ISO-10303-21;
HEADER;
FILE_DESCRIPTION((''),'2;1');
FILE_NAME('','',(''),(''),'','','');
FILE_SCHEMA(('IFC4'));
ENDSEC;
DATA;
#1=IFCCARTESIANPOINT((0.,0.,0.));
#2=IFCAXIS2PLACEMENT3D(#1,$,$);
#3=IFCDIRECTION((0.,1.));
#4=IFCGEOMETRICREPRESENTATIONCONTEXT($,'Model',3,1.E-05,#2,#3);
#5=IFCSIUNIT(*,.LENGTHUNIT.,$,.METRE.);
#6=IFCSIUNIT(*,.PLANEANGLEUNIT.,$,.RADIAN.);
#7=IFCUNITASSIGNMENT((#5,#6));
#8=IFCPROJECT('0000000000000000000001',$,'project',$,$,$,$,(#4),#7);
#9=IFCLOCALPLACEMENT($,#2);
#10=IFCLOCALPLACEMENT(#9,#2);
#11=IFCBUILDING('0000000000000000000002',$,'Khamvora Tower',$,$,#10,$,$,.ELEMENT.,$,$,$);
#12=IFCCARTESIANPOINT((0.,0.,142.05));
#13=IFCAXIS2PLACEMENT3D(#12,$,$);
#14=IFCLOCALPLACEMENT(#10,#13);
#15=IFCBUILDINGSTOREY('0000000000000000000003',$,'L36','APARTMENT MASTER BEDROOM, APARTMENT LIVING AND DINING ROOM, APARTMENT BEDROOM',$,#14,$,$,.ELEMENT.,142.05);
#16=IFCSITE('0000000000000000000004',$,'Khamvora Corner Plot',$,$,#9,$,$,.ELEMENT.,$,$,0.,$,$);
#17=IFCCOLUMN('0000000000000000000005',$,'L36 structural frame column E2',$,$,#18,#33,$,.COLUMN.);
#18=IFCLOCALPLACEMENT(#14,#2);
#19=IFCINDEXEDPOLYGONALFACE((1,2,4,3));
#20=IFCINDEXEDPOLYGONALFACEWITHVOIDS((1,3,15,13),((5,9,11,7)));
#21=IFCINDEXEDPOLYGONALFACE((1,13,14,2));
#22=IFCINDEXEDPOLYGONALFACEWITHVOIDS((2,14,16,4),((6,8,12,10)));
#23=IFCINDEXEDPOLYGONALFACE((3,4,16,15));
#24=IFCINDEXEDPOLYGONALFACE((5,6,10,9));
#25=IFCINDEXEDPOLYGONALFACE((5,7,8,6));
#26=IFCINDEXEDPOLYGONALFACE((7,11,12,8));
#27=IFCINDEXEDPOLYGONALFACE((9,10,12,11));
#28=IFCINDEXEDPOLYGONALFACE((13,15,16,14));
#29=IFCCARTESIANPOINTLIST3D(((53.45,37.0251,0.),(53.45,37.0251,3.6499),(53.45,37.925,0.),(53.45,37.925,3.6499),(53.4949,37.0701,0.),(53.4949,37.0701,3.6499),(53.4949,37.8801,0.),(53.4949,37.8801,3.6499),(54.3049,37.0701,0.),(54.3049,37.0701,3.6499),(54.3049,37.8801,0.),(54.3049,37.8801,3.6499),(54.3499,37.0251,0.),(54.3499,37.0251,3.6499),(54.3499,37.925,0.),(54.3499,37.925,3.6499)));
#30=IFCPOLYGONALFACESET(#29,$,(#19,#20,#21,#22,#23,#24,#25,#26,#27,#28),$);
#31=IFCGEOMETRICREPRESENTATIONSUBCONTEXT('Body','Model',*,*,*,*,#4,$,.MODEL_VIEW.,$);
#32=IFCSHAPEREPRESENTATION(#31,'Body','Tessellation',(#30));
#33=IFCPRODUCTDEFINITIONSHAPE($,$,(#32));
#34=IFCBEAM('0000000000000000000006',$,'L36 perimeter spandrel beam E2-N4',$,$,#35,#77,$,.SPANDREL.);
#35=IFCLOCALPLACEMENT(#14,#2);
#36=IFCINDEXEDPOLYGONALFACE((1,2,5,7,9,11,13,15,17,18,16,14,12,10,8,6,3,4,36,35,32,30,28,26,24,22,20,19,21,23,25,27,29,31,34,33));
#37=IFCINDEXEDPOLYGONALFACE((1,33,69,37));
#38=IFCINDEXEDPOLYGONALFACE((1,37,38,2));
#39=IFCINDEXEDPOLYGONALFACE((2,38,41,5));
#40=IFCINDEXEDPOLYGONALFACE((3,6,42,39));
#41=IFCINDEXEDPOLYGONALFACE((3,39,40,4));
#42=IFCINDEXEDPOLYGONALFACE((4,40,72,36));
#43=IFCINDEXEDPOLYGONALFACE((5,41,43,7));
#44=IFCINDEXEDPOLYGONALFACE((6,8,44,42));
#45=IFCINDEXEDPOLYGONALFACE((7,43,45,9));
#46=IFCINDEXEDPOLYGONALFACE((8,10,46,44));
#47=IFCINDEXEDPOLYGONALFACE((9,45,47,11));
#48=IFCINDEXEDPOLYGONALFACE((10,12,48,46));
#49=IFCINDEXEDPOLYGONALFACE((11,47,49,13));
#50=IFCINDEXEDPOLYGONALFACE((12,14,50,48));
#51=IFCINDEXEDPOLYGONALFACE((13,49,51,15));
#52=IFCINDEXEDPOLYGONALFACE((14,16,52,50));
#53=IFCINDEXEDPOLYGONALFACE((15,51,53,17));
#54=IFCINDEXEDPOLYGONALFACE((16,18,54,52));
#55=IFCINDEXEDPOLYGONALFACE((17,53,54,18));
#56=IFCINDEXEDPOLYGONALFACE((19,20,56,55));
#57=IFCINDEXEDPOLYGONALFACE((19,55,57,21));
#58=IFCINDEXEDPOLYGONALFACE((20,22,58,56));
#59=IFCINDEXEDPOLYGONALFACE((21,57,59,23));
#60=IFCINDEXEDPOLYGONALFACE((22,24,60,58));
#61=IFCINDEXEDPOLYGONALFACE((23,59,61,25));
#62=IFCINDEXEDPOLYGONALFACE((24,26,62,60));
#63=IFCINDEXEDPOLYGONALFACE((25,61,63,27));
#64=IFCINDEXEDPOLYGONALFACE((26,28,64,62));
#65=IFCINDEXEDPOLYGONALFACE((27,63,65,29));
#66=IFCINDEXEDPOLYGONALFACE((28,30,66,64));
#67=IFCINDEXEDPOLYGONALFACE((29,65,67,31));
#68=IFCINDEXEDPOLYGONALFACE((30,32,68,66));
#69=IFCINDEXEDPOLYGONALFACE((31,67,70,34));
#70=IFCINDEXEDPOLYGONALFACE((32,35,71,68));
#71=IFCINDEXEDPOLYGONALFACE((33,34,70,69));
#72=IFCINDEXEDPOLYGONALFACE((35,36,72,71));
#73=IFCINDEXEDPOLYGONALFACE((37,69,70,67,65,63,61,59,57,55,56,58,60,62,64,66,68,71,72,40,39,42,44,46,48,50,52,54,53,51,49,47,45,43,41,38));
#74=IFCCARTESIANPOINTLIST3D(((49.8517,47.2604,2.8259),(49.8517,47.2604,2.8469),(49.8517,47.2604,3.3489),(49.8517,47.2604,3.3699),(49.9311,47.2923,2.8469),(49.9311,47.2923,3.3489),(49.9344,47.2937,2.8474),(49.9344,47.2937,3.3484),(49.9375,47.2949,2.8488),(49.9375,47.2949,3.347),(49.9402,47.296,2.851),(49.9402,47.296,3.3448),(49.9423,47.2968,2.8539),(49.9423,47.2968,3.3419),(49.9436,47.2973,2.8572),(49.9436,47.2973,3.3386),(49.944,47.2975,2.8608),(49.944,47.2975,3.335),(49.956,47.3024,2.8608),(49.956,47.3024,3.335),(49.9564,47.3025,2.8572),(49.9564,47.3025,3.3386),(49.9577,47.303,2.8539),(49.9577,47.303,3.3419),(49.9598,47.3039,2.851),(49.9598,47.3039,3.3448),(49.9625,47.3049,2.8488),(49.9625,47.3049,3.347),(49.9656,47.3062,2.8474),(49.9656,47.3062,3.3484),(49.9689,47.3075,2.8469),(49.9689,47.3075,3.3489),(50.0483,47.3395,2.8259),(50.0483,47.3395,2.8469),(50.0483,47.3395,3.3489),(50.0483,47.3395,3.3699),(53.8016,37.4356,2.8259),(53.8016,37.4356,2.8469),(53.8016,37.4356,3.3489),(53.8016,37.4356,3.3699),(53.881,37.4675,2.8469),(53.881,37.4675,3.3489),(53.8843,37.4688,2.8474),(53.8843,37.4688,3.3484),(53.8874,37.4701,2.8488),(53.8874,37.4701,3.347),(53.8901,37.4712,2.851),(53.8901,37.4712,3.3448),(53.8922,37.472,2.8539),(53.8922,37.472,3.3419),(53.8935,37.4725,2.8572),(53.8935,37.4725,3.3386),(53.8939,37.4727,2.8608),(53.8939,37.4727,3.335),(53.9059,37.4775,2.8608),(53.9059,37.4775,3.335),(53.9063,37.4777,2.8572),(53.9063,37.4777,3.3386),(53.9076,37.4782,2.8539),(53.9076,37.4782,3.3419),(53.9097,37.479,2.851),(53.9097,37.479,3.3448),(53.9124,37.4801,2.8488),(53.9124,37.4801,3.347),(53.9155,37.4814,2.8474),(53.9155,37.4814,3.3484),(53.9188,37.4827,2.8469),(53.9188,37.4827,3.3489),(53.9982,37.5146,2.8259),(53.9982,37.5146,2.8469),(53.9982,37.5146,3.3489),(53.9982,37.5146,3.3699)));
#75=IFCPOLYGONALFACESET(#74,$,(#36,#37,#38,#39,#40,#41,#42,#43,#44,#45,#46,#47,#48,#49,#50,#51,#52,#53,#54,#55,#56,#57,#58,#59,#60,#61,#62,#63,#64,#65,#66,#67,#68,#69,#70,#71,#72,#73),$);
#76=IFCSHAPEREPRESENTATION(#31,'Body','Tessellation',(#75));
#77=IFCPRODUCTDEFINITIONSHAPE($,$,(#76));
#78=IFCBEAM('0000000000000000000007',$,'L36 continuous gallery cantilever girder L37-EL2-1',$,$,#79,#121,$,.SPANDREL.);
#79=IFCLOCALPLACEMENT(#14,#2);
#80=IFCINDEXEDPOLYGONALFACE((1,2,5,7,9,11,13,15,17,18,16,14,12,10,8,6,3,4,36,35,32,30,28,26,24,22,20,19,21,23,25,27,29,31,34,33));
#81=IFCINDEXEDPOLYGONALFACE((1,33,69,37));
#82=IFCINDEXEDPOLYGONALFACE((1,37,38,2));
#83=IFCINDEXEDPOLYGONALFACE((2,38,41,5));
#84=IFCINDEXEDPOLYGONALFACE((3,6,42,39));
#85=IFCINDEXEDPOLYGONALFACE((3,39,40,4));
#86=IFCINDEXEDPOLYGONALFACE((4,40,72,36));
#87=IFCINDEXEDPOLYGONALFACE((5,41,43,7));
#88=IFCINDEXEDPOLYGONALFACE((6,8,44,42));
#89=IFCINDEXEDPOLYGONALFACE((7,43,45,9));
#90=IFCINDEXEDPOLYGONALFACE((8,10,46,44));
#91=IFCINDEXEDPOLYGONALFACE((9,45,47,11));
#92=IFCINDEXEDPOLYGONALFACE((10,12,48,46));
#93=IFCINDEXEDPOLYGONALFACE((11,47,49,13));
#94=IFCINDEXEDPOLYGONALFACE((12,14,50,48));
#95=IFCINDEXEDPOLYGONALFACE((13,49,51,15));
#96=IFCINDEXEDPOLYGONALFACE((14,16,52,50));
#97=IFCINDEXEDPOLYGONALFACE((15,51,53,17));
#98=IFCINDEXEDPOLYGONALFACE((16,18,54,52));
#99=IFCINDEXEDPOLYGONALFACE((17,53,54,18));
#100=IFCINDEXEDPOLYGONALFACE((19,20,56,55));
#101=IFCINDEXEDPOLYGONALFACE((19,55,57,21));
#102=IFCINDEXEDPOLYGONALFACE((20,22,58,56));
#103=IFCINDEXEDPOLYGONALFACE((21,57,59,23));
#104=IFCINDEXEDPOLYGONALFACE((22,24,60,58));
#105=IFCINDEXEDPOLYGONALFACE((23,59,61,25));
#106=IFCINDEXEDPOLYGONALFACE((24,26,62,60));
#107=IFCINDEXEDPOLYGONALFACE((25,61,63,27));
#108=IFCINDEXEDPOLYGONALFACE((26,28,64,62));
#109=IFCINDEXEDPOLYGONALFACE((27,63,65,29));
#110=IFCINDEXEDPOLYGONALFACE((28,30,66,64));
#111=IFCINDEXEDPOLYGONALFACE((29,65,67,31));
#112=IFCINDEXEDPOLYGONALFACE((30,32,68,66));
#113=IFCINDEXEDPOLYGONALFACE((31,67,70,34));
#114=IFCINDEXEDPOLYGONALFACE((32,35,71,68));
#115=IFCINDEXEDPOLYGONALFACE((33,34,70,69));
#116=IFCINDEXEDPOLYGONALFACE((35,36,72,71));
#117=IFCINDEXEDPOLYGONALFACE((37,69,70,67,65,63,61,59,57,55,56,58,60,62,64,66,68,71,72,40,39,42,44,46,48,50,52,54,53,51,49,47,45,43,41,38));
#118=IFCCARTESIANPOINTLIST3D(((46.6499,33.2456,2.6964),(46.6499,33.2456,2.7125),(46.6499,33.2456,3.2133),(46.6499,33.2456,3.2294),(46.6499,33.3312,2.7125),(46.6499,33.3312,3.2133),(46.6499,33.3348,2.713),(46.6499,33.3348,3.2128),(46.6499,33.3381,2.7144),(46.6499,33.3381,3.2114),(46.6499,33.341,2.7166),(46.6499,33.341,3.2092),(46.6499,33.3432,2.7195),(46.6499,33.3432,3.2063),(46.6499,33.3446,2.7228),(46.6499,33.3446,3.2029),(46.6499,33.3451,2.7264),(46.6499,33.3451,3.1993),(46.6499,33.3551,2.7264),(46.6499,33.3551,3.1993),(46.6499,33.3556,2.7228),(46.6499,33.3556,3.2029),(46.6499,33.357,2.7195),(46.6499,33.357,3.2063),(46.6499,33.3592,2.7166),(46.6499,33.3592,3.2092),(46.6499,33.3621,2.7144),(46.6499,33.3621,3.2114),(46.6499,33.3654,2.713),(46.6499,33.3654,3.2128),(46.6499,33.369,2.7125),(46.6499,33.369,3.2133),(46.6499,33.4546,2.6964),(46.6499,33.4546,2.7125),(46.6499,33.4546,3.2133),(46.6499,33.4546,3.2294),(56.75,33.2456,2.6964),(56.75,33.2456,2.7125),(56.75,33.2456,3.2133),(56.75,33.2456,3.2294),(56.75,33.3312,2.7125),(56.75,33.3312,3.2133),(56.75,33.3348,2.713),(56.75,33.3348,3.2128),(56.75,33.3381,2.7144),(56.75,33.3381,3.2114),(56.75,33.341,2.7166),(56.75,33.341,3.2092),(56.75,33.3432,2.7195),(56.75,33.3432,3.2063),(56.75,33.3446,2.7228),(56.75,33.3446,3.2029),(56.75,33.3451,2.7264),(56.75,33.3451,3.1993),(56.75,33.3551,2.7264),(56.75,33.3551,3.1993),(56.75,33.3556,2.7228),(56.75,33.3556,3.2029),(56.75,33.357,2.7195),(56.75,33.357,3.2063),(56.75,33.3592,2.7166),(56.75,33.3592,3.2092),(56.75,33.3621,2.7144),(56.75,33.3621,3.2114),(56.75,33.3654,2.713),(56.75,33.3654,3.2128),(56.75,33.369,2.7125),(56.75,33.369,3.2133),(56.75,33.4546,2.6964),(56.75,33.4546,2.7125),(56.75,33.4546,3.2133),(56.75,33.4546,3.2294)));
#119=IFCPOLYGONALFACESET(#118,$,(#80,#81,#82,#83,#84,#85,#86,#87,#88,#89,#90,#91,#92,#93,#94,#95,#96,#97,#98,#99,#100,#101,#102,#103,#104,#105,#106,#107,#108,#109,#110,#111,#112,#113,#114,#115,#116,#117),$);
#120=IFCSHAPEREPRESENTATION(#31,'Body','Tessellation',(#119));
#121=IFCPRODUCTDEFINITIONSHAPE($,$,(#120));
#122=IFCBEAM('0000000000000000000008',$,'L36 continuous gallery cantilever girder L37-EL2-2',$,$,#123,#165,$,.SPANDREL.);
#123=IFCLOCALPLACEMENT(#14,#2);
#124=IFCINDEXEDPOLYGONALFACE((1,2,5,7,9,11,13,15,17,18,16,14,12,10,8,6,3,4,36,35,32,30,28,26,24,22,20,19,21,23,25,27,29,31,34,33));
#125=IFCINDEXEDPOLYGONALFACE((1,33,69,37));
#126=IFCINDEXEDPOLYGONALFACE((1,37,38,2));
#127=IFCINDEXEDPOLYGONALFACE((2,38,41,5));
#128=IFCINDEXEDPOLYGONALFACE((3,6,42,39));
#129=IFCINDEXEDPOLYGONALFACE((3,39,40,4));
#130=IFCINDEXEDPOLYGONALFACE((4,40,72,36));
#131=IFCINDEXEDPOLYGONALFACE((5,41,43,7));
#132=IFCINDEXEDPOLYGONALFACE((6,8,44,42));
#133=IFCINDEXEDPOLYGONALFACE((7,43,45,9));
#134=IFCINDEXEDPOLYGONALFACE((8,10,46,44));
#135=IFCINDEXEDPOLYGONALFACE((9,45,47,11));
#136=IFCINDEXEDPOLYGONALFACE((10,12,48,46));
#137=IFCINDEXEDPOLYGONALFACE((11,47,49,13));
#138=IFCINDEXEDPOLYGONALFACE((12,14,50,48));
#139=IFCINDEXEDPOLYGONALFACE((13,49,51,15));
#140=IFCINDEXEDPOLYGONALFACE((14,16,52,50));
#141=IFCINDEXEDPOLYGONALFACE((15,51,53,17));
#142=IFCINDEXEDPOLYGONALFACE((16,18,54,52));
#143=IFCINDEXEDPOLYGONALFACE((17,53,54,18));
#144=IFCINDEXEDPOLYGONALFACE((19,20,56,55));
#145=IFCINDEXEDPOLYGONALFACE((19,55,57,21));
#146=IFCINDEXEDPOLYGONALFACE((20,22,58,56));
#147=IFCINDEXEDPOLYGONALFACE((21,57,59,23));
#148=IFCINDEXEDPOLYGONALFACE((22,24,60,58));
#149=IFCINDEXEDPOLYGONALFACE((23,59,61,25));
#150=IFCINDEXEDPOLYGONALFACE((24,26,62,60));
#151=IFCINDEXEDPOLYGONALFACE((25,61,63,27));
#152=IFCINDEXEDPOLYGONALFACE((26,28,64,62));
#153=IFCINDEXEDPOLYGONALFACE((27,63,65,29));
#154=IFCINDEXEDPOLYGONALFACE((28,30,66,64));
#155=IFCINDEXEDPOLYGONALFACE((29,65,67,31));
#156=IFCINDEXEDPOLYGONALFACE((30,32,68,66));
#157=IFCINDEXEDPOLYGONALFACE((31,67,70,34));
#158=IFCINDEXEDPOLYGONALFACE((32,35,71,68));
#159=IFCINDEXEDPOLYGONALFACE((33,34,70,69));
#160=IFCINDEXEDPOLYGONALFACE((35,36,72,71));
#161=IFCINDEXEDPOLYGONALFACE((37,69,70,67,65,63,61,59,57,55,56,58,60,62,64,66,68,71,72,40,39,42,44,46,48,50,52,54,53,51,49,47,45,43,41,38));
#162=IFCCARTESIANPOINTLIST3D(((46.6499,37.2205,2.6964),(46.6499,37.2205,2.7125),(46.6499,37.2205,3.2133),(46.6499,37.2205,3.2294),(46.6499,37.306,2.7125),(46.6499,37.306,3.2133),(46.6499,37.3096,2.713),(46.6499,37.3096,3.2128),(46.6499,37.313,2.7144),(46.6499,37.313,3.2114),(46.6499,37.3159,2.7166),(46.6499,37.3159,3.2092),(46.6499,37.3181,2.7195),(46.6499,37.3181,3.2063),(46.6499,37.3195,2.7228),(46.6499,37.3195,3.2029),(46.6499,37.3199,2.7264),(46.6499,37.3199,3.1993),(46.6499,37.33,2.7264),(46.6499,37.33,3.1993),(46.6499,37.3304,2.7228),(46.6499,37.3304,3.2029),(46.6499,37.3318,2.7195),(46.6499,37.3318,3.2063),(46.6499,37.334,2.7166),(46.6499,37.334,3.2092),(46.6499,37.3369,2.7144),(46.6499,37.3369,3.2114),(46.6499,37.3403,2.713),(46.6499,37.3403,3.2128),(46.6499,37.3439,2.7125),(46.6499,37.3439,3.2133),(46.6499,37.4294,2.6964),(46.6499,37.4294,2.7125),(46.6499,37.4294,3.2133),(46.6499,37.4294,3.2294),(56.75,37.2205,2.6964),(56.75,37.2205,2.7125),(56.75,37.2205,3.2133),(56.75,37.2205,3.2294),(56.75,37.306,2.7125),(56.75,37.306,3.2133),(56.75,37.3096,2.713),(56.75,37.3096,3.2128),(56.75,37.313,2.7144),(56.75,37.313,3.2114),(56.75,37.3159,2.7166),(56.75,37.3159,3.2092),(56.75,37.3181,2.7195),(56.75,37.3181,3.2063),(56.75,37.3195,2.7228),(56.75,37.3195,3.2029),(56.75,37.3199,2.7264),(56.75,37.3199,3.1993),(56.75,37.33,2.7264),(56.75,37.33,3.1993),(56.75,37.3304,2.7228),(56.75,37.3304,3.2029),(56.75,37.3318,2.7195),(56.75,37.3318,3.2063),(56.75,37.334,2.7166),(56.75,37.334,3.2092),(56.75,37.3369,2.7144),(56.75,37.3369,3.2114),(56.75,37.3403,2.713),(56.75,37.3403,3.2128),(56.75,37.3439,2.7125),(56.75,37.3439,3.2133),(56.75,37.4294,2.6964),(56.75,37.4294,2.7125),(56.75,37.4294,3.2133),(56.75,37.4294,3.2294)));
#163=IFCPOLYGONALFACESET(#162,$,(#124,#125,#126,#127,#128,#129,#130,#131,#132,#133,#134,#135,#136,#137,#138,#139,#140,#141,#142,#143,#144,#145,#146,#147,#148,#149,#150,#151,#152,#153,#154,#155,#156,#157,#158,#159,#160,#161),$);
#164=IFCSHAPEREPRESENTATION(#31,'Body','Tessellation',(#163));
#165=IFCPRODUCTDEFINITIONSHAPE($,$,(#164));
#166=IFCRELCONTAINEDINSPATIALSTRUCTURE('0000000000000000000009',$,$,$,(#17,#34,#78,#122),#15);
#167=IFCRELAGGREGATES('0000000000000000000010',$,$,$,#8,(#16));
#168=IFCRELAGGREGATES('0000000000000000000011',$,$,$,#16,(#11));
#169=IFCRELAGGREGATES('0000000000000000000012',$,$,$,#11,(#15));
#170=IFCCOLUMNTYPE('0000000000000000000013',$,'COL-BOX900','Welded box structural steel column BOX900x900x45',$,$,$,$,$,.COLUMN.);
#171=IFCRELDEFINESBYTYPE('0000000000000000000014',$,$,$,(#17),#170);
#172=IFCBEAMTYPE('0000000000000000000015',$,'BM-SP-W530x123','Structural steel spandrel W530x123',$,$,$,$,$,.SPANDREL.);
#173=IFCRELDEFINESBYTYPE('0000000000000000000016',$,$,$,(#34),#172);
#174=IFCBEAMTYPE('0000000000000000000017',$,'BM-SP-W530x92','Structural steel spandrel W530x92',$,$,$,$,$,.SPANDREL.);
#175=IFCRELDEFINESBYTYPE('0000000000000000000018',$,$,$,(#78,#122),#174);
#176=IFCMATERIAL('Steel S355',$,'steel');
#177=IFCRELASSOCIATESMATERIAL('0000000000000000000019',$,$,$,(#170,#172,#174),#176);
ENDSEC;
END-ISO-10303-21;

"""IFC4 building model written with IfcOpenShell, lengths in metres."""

from ifc_helpers import new_model, si_unit, direction, frame, origin, origin_2d, place, context, subcontext, project, spatial, hollow_rectangle, i_section, extrude, material, material_profile, profile_set, type_object, element, save


model = new_model("IFC4")

# Units and contexts
model_context = context("Model", 3, precision=1e-05, world=origin(), true_north=direction((0.0, 1.0)))
body_context = subcontext(model_context, "Body", "Model", "MODEL_VIEW")
ifc_project = project(units=[si_unit("LENGTHUNIT", "METRE"), si_unit("PLANEANGLEUNIT", "RADIAN")], contexts=[model_context])

# Site, building, storey
site_placement = place(None, origin())
site = spatial("IfcSite", under=ifc_project, at=site_placement, Name="Khamvora Corner Plot", CompositionType="ELEMENT", RefElevation=0.0)
building_placement = place(site_placement, origin())
building = spatial("IfcBuilding", under=site, at=building_placement, Name="Khamvora Tower", CompositionType="ELEMENT")
storey_placement = place(building_placement, frame((0.0, 0.0, 142.05)))
storey = spatial("IfcBuildingStorey", under=building, at=storey_placement, Name="L36", Description="APARTMENT MASTER BEDROOM, APARTMENT LIVING AND DINING ROOM, APARTMENT BEDROOM", CompositionType="ELEMENT", Elevation=142.05)

# Column
ifc_material_1 = material(Name="Steel S355", Category="steel")
ifc_material_profile_1 = material_profile(ifc_material_1, hollow_rectangle(XDim=0.8999, YDim=0.8999, WallThickness=0.0449, at=origin_2d()), Name="BOX900x900x45")
ifc_profile_set_1 = profile_set([ifc_material_profile_1], Name="Steel S355")
column_type = type_object("IfcColumnType", Name="COL-BOX900", Description="Welded box structural steel column BOX900x900x45", PredefinedType="COLUMN", material=ifc_profile_set_1)
column_placement = place(storey_placement, frame((53.8999, 37.4751, 0.0), z_axis=(0.0, 0.0, 1.0), x_axis=(1.0, 0.0, 0.0)))
element("IfcColumn", 1, at=column_placement, inside=storey, type_object=column_type, Name="L36 structural frame column E2", PredefinedType="COLUMN", context=body_context, shape_type="SweptSolid", body=[
    extrude(hollow_rectangle(XDim=0.8999, YDim=0.8999, WallThickness=0.0449, at=origin_2d()), origin(), (0.0, 0.0, 1.0), 3.6499),
])

# Beams
ifc_material_profile_2 = material_profile(ifc_material_1, i_section(OverallWidth=0.2119, OverallDepth=0.5439, WebThickness=0.0129, FlangeThickness=0.021, FilletRadius=0.0139, at=origin_2d()), Name="W530x123")
ifc_profile_set_2 = profile_set([ifc_material_profile_2], Name="Steel S355")
beam_type_1 = type_object("IfcBeamType", Name="BM-SP-W530x123", Description="Structural steel spandrel W530x123", PredefinedType="SPANDREL", material=ifc_profile_set_2)
beam_1_placement = place(storey_placement, frame((53.8999, 37.4751, 3.0979), z_axis=(-0.373016, 0.927825, 0.0), x_axis=(-0.927825, -0.373016, 0.0)))
element("IfcBeam", 2, at=beam_1_placement, inside=storey, type_object=beam_type_1, Name="L36 perimeter spandrel beam E2-N4", PredefinedType="SPANDREL", context=body_context, shape_type="SweptSolid", body=[
    extrude(i_section(OverallWidth=0.2119, OverallDepth=0.5439, WebThickness=0.0129, FlangeThickness=0.021, FilletRadius=0.0139, at=origin_2d()), origin(), (0.0, 0.0, 1.0), 10.5891),
])
ifc_material_profile_3 = material_profile(ifc_material_1, i_section(OverallWidth=0.209, OverallDepth=0.533, WebThickness=0.01, FlangeThickness=0.0161, FilletRadius=0.0139, at=origin_2d()), Name="W530x92")
ifc_profile_set_3 = profile_set([ifc_material_profile_3], Name="Steel S355")
beam_type_2 = type_object("IfcBeamType", Name="BM-SP-W530x92", Description="Structural steel spandrel W530x92", PredefinedType="SPANDREL", material=ifc_profile_set_3)
for number, where, z_axis, x_axis, name in (
    (3, (46.6499, 33.3501, 2.9629), (1.0, 0.0, 0.0), (0.0, 1.0, 0.0), "L36 continuous gallery cantilever girder L37-EL2-1"),
    (4, (46.6499, 37.325, 2.9629), (1.0, 0.0, 0.0), (0.0, 1.0, 0.0), "L36 continuous gallery cantilever girder L37-EL2-2"),
):
    element("IfcBeam", number, at=place(storey_placement, frame(where, z_axis=z_axis, x_axis=x_axis)), inside=storey, type_object=beam_type_2, Name=name, PredefinedType="SPANDREL", context=body_context, shape_type="SweptSolid", body=[
        extrude(i_section(OverallWidth=0.209, OverallDepth=0.533, WebThickness=0.01, FlangeThickness=0.0161, FilletRadius=0.0139, at=origin_2d()), origin(), (0.0, 0.0, 1.0), 10.1001),
    ])

save(model, "model.ifc")
